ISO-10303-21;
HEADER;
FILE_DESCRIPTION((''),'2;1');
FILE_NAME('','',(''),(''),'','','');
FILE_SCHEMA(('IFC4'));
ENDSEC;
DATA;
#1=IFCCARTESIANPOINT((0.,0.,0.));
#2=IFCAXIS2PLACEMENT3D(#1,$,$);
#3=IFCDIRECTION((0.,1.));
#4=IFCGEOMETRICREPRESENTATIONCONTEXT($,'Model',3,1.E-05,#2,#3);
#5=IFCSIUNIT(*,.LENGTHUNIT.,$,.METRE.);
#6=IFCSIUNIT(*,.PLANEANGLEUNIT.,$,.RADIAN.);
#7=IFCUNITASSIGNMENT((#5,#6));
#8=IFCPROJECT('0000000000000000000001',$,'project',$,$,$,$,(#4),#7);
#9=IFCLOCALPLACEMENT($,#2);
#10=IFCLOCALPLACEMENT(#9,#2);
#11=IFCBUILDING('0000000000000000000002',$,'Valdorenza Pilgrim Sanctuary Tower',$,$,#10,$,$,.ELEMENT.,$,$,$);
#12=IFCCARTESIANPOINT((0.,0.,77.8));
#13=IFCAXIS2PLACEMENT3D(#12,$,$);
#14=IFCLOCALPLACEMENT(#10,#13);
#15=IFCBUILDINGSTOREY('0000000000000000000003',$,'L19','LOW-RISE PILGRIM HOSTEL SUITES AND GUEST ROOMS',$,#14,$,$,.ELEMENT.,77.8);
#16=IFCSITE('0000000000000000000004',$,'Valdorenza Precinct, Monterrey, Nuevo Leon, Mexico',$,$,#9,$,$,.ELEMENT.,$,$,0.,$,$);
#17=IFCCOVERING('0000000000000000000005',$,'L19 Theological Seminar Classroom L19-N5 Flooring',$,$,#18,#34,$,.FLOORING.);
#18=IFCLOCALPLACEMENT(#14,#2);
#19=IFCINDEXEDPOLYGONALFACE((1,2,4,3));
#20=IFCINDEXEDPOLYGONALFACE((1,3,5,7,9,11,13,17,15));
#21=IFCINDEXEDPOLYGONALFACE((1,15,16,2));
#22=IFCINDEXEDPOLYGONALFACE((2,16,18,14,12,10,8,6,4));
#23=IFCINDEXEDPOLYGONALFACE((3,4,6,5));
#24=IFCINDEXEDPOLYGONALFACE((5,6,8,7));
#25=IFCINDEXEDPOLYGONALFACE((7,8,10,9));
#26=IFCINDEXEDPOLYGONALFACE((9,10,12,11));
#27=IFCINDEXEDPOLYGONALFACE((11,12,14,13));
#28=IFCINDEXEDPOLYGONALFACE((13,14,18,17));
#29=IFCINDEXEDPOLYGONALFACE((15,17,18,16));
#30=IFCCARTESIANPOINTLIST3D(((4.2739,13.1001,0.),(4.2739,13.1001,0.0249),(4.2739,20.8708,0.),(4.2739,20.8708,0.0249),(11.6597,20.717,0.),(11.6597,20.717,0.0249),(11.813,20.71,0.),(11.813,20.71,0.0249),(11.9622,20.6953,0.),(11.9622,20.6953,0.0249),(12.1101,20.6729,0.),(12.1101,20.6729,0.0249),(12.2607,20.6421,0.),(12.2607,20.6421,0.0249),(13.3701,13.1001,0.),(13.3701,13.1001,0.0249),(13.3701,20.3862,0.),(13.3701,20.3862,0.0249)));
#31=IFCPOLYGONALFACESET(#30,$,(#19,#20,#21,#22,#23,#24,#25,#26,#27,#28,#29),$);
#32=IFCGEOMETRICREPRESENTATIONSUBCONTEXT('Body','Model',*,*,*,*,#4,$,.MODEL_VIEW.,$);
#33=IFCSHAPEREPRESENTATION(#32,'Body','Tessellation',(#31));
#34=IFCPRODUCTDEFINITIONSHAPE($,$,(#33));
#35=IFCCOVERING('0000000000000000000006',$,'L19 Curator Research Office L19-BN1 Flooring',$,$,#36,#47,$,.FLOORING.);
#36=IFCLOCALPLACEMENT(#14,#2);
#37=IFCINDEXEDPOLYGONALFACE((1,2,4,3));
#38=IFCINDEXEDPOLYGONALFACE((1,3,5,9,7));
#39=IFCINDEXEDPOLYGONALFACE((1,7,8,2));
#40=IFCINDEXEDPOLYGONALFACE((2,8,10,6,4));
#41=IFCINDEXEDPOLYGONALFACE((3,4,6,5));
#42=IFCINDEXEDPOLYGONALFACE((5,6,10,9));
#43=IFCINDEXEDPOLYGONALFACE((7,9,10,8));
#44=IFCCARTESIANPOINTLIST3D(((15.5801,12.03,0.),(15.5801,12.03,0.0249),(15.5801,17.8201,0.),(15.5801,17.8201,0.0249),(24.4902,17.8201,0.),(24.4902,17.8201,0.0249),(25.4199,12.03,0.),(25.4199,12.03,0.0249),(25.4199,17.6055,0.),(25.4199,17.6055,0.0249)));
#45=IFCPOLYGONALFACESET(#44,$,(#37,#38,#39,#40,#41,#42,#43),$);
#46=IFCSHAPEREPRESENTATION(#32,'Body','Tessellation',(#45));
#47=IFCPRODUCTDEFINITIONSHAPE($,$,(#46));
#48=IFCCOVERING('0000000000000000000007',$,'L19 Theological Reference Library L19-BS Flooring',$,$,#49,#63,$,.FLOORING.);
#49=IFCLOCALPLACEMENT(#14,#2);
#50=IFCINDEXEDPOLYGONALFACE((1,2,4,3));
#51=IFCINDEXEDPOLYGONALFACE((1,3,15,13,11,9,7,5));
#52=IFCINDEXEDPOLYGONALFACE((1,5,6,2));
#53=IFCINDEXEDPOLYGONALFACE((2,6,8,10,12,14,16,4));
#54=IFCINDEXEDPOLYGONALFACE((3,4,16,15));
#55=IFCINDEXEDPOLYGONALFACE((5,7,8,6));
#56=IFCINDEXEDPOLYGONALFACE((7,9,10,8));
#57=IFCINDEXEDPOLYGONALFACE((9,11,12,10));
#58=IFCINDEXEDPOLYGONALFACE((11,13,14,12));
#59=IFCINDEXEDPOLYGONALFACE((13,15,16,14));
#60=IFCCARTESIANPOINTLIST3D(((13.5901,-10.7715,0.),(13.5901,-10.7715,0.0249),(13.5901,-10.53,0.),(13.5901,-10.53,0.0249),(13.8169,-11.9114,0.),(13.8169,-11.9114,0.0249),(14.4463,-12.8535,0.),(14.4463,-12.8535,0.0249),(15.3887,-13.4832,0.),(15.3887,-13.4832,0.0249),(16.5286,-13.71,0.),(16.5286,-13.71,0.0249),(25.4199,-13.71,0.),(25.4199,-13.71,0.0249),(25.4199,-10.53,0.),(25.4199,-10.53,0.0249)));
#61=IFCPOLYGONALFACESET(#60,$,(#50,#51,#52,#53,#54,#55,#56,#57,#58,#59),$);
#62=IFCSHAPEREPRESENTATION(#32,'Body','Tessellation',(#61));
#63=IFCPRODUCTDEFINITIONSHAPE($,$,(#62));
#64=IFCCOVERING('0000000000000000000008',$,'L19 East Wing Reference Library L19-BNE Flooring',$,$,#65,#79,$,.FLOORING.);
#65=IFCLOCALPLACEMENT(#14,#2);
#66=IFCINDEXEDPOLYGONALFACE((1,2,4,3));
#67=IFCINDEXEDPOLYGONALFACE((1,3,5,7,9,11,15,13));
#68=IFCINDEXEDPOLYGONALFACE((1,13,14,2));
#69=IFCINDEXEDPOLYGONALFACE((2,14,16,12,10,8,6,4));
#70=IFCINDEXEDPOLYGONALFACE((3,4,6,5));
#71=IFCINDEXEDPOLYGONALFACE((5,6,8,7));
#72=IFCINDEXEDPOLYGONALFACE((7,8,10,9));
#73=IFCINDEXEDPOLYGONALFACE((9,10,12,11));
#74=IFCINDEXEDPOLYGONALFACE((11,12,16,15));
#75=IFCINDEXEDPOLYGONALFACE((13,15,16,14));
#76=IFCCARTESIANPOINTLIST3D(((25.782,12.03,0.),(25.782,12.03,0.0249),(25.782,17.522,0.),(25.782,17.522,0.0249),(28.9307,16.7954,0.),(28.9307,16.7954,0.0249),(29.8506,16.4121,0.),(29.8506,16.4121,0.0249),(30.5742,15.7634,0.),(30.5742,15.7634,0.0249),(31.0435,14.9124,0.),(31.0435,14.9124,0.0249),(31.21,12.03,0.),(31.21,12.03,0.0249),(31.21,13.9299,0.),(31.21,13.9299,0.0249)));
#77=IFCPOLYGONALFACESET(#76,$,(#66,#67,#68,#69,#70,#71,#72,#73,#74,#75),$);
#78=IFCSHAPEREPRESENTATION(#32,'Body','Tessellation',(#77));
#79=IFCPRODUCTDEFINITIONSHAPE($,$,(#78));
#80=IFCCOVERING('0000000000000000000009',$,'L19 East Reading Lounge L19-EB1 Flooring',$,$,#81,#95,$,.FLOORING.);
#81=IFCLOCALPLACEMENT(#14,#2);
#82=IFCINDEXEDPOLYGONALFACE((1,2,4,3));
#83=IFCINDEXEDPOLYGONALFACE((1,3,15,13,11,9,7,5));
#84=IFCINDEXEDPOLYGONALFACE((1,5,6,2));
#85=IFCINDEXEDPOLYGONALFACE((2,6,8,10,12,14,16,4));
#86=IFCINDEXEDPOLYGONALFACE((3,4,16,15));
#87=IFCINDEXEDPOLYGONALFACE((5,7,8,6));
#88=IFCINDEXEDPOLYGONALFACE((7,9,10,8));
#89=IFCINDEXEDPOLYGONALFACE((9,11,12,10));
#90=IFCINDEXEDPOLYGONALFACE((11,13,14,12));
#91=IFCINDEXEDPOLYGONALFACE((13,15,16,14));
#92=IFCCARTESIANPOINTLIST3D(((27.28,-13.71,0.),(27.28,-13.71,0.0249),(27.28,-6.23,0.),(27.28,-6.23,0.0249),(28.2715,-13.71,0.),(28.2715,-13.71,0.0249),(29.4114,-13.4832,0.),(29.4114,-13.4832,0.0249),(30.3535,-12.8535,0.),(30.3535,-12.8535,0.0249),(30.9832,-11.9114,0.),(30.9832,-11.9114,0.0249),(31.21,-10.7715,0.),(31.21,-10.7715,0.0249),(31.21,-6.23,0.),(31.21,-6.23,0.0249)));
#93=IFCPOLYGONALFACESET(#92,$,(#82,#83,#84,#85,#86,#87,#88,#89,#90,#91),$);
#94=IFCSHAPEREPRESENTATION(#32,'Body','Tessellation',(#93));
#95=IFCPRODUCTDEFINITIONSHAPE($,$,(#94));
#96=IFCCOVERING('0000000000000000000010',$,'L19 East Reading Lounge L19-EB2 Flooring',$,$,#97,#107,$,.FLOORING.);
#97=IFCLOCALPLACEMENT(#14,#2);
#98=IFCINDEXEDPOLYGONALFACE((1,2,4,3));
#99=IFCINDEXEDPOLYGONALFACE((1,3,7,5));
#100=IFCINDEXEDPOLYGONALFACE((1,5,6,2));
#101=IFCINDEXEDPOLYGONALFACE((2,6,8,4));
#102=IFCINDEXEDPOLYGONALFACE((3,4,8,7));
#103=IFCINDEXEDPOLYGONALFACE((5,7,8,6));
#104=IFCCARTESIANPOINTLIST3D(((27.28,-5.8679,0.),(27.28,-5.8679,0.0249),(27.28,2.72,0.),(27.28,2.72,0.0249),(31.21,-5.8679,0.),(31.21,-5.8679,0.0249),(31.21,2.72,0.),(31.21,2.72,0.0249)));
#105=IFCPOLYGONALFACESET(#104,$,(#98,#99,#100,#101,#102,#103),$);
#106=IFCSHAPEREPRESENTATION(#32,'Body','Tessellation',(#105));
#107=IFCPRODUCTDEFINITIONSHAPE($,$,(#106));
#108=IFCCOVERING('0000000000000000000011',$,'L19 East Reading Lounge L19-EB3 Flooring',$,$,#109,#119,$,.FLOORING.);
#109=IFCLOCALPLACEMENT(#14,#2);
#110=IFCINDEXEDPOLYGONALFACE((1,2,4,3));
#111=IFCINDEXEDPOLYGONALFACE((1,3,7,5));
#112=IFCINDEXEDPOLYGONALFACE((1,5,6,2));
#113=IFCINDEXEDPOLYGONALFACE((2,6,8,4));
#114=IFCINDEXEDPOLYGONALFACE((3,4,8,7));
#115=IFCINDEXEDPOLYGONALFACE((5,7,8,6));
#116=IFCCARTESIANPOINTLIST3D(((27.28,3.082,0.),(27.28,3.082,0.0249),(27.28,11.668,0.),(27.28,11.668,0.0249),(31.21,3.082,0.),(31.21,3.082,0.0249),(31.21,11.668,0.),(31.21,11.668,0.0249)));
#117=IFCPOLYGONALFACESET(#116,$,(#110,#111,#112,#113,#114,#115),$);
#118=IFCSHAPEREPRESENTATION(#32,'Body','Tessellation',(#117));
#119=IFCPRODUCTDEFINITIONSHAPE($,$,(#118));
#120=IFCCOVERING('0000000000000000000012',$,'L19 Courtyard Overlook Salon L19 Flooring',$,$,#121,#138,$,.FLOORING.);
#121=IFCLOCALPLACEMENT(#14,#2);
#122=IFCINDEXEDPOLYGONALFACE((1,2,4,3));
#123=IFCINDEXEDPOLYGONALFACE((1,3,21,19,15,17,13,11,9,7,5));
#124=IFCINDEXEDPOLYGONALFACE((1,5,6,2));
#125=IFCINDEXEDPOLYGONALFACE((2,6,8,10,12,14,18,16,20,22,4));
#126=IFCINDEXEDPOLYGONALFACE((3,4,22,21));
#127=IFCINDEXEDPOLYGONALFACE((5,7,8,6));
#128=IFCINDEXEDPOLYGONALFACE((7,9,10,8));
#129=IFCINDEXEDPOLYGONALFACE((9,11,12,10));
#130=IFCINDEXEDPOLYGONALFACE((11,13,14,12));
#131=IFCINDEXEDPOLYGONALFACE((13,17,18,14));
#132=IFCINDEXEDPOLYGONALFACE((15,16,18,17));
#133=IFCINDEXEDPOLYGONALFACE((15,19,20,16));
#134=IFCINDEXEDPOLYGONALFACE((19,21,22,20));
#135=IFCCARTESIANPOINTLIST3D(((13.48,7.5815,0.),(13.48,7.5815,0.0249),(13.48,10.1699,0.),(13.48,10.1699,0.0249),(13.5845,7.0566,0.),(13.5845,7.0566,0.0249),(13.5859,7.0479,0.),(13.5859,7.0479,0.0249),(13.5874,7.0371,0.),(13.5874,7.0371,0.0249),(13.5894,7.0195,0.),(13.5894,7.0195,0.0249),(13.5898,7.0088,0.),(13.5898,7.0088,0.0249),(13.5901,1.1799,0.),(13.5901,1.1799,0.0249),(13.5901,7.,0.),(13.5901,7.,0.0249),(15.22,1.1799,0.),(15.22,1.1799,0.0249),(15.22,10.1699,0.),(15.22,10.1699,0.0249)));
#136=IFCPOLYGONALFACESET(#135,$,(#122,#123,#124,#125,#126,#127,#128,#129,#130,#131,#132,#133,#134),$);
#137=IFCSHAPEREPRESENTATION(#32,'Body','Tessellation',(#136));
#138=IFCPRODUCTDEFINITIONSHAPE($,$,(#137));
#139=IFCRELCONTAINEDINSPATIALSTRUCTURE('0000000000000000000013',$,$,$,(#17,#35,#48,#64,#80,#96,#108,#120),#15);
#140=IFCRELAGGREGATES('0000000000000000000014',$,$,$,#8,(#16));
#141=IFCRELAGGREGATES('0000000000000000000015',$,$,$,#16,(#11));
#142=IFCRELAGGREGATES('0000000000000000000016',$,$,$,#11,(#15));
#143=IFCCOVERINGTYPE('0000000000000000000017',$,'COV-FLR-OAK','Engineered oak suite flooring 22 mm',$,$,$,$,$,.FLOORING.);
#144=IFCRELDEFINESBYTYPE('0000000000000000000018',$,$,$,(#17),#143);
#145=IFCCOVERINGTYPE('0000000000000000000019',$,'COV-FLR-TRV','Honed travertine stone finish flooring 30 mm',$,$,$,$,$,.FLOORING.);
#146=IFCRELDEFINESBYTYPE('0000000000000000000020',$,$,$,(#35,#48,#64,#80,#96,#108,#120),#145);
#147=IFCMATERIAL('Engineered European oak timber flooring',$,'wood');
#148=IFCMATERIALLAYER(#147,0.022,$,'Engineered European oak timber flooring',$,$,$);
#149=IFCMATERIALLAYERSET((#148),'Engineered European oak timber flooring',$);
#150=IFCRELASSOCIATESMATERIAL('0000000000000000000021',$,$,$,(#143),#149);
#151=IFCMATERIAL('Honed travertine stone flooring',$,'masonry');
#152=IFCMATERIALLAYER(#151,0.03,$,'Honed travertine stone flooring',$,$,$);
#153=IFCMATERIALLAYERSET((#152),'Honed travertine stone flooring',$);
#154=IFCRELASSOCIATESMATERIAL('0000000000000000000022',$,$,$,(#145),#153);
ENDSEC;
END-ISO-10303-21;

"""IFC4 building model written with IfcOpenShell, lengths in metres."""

from ifc_helpers import new_model, si_unit, direction, frame, origin, place, context, subcontext, project, spatial, polyline, outline, extrude, material, layer, layer_set, type_object, element, save


model = new_model("IFC4")

# Units and contexts
model_context = context("Model", 3, precision=1e-05, world=origin(), true_north=direction((0.0, 1.0)))
body_context = subcontext(model_context, "Body", "Model", "MODEL_VIEW")
ifc_project = project(units=[si_unit("LENGTHUNIT", "METRE"), si_unit("PLANEANGLEUNIT", "RADIAN")], contexts=[model_context])

# Site, building, storey
site_placement = place(None, origin())
site = spatial("IfcSite", under=ifc_project, at=site_placement, Name="Valdorenza Precinct, Monterrey, Nuevo Leon, Mexico", CompositionType="ELEMENT", RefElevation=0.0)
building_placement = place(site_placement, origin())
building = spatial("IfcBuilding", under=site, at=building_placement, Name="Valdorenza Pilgrim Sanctuary Tower", CompositionType="ELEMENT")
storey_placement = place(building_placement, frame((0.0, 0.0, 77.8)))
storey = spatial("IfcBuildingStorey", under=building, at=storey_placement, Name="L19", Description="LOW-RISE PILGRIM HOSTEL SUITES AND GUEST ROOMS", CompositionType="ELEMENT", Elevation=77.8)

# Coverings
ifc_material_1 = material(Name="Engineered European oak timber flooring", Category="wood")
ifc_layer_1 = layer(ifc_material_1, 0.022, Name="Engineered European oak timber flooring")
ifc_layer_set_1 = layer_set([ifc_layer_1], Name="Engineered European oak timber flooring")
covering_type_1 = type_object("IfcCoveringType", Name="COV-FLR-OAK", Description="Engineered oak suite flooring 22 mm", PredefinedType="FLOORING", material=ifc_layer_set_1)
covering_1_placement = place(storey_placement, origin())
element("IfcCovering", 1, at=covering_1_placement, inside=storey, type_object=covering_type_1, Name="L19 Theological Seminar Classroom L19-N5 Flooring", PredefinedType="FLOORING", context=body_context, shape_type="SweptSolid", body=[
    extrude(outline(polyline([(4.2739, 13.1001), (4.2739, 20.8708), (11.6597, 20.717), (11.813, 20.71), (11.9622, 20.6953), (12.1101, 20.6729), (12.2607, 20.6421), (13.3701, 20.3862), (13.3701, 13.1001), (4.2739, 13.1001)])), origin(), (0.0, 0.0, 1.0), 0.0249),
])
ifc_material_2 = material(Name="Honed travertine stone flooring", Category="masonry")
ifc_layer_2 = layer(ifc_material_2, 0.03, Name="Honed travertine stone flooring")
ifc_layer_set_2 = layer_set([ifc_layer_2], Name="Honed travertine stone flooring")
covering_type_2 = type_object("IfcCoveringType", Name="COV-FLR-TRV", Description="Honed travertine stone finish flooring 30 mm", PredefinedType="FLOORING", material=ifc_layer_set_2)
covering_2_placement = place(storey_placement, origin())
element("IfcCovering", 2, at=covering_2_placement, inside=storey, type_object=covering_type_2, Name="L19 Curator Research Office L19-BN1 Flooring", PredefinedType="FLOORING", context=body_context, shape_type="SweptSolid", body=[
    extrude(outline(polyline([(15.5801, 12.03), (15.5801, 17.8201), (24.4902, 17.8201), (25.4199, 17.6055), (25.4199, 12.03), (15.5801, 12.03)])), origin(), (0.0, 0.0, 1.0), 0.0249),
])
covering_3_placement = place(storey_placement, origin())
element("IfcCovering", 3, at=covering_3_placement, inside=storey, type_object=covering_type_2, Name="L19 Theological Reference Library L19-BS Flooring", PredefinedType="FLOORING", context=body_context, shape_type="SweptSolid", body=[
    extrude(outline(polyline([(25.4199, -13.71), (16.5286, -13.71), (15.3887, -13.4832), (14.4463, -12.8535), (13.8169, -11.9114), (13.5901, -10.7715), (13.5901, -10.53), (25.4199, -10.53), (25.4199, -13.71)])), origin(), (0.0, 0.0, 1.0), 0.0249),
])
covering_4_placement = place(storey_placement, origin())
element("IfcCovering", 4, at=covering_4_placement, inside=storey, type_object=covering_type_2, Name="L19 East Wing Reference Library L19-BNE Flooring", PredefinedType="FLOORING", context=body_context, shape_type="SweptSolid", body=[
    extrude(outline(polyline([(28.9307, 16.7954), (29.8506, 16.4121), (30.5742, 15.7634), (31.0435, 14.9124), (31.21, 13.9299), (31.21, 12.03), (25.782, 12.03), (25.782, 17.522), (28.9307, 16.7954)])), origin(), (0.0, 0.0, 1.0), 0.0249),
])
covering_5_placement = place(storey_placement, origin())
element("IfcCovering", 5, at=covering_5_placement, inside=storey, type_object=covering_type_2, Name="L19 East Reading Lounge L19-EB1 Flooring", PredefinedType="FLOORING", context=body_context, shape_type="SweptSolid", body=[
    extrude(outline(polyline([(31.21, -6.23), (31.21, -10.7715), (30.9832, -11.9114), (30.3535, -12.8535), (29.4114, -13.4832), (28.2715, -13.71), (27.28, -13.71), (27.28, -6.23), (31.21, -6.23)])), origin(), (0.0, 0.0, 1.0), 0.0249),
])
covering_6_placement = place(storey_placement, origin())
element("IfcCovering", 6, at=covering_6_placement, inside=storey, type_object=covering_type_2, Name="L19 East Reading Lounge L19-EB2 Flooring", PredefinedType="FLOORING", context=body_context, shape_type="SweptSolid", body=[
    extrude(outline(polyline([(27.28, 2.72), (31.21, 2.72), (31.21, -5.8679), (27.28, -5.8679), (27.28, 2.72)])), origin(), (0.0, 0.0, 1.0), 0.0249),
])
covering_7_placement = place(storey_placement, origin())
element("IfcCovering", 7, at=covering_7_placement, inside=storey, type_object=covering_type_2, Name="L19 East Reading Lounge L19-EB3 Flooring", PredefinedType="FLOORING", context=body_context, shape_type="SweptSolid", body=[
    extrude(outline(polyline([(27.28, 11.668), (31.21, 11.668), (31.21, 3.082), (27.28, 3.082), (27.28, 11.668)])), origin(), (0.0, 0.0, 1.0), 0.0249),
])
covering_8_placement = place(storey_placement, origin())
element("IfcCovering", 8, at=covering_8_placement, inside=storey, type_object=covering_type_2, Name="L19 Courtyard Overlook Salon L19 Flooring", PredefinedType="FLOORING", context=body_context, shape_type="SweptSolid", body=[
    extrude(outline(polyline([(15.22, 10.1699), (15.22, 1.1799), (13.5901, 1.1799), (13.5901, 7.0), (13.5898, 7.0088), (13.5894, 7.0195), (13.5874, 7.0371), (13.5859, 7.0479), (13.5845, 7.0566), (13.48, 7.5815), (13.48, 10.1699), (15.22, 10.1699)])), origin(), (0.0, 0.0, 1.0), 0.0249),
])

save(model, "model.ifc")
